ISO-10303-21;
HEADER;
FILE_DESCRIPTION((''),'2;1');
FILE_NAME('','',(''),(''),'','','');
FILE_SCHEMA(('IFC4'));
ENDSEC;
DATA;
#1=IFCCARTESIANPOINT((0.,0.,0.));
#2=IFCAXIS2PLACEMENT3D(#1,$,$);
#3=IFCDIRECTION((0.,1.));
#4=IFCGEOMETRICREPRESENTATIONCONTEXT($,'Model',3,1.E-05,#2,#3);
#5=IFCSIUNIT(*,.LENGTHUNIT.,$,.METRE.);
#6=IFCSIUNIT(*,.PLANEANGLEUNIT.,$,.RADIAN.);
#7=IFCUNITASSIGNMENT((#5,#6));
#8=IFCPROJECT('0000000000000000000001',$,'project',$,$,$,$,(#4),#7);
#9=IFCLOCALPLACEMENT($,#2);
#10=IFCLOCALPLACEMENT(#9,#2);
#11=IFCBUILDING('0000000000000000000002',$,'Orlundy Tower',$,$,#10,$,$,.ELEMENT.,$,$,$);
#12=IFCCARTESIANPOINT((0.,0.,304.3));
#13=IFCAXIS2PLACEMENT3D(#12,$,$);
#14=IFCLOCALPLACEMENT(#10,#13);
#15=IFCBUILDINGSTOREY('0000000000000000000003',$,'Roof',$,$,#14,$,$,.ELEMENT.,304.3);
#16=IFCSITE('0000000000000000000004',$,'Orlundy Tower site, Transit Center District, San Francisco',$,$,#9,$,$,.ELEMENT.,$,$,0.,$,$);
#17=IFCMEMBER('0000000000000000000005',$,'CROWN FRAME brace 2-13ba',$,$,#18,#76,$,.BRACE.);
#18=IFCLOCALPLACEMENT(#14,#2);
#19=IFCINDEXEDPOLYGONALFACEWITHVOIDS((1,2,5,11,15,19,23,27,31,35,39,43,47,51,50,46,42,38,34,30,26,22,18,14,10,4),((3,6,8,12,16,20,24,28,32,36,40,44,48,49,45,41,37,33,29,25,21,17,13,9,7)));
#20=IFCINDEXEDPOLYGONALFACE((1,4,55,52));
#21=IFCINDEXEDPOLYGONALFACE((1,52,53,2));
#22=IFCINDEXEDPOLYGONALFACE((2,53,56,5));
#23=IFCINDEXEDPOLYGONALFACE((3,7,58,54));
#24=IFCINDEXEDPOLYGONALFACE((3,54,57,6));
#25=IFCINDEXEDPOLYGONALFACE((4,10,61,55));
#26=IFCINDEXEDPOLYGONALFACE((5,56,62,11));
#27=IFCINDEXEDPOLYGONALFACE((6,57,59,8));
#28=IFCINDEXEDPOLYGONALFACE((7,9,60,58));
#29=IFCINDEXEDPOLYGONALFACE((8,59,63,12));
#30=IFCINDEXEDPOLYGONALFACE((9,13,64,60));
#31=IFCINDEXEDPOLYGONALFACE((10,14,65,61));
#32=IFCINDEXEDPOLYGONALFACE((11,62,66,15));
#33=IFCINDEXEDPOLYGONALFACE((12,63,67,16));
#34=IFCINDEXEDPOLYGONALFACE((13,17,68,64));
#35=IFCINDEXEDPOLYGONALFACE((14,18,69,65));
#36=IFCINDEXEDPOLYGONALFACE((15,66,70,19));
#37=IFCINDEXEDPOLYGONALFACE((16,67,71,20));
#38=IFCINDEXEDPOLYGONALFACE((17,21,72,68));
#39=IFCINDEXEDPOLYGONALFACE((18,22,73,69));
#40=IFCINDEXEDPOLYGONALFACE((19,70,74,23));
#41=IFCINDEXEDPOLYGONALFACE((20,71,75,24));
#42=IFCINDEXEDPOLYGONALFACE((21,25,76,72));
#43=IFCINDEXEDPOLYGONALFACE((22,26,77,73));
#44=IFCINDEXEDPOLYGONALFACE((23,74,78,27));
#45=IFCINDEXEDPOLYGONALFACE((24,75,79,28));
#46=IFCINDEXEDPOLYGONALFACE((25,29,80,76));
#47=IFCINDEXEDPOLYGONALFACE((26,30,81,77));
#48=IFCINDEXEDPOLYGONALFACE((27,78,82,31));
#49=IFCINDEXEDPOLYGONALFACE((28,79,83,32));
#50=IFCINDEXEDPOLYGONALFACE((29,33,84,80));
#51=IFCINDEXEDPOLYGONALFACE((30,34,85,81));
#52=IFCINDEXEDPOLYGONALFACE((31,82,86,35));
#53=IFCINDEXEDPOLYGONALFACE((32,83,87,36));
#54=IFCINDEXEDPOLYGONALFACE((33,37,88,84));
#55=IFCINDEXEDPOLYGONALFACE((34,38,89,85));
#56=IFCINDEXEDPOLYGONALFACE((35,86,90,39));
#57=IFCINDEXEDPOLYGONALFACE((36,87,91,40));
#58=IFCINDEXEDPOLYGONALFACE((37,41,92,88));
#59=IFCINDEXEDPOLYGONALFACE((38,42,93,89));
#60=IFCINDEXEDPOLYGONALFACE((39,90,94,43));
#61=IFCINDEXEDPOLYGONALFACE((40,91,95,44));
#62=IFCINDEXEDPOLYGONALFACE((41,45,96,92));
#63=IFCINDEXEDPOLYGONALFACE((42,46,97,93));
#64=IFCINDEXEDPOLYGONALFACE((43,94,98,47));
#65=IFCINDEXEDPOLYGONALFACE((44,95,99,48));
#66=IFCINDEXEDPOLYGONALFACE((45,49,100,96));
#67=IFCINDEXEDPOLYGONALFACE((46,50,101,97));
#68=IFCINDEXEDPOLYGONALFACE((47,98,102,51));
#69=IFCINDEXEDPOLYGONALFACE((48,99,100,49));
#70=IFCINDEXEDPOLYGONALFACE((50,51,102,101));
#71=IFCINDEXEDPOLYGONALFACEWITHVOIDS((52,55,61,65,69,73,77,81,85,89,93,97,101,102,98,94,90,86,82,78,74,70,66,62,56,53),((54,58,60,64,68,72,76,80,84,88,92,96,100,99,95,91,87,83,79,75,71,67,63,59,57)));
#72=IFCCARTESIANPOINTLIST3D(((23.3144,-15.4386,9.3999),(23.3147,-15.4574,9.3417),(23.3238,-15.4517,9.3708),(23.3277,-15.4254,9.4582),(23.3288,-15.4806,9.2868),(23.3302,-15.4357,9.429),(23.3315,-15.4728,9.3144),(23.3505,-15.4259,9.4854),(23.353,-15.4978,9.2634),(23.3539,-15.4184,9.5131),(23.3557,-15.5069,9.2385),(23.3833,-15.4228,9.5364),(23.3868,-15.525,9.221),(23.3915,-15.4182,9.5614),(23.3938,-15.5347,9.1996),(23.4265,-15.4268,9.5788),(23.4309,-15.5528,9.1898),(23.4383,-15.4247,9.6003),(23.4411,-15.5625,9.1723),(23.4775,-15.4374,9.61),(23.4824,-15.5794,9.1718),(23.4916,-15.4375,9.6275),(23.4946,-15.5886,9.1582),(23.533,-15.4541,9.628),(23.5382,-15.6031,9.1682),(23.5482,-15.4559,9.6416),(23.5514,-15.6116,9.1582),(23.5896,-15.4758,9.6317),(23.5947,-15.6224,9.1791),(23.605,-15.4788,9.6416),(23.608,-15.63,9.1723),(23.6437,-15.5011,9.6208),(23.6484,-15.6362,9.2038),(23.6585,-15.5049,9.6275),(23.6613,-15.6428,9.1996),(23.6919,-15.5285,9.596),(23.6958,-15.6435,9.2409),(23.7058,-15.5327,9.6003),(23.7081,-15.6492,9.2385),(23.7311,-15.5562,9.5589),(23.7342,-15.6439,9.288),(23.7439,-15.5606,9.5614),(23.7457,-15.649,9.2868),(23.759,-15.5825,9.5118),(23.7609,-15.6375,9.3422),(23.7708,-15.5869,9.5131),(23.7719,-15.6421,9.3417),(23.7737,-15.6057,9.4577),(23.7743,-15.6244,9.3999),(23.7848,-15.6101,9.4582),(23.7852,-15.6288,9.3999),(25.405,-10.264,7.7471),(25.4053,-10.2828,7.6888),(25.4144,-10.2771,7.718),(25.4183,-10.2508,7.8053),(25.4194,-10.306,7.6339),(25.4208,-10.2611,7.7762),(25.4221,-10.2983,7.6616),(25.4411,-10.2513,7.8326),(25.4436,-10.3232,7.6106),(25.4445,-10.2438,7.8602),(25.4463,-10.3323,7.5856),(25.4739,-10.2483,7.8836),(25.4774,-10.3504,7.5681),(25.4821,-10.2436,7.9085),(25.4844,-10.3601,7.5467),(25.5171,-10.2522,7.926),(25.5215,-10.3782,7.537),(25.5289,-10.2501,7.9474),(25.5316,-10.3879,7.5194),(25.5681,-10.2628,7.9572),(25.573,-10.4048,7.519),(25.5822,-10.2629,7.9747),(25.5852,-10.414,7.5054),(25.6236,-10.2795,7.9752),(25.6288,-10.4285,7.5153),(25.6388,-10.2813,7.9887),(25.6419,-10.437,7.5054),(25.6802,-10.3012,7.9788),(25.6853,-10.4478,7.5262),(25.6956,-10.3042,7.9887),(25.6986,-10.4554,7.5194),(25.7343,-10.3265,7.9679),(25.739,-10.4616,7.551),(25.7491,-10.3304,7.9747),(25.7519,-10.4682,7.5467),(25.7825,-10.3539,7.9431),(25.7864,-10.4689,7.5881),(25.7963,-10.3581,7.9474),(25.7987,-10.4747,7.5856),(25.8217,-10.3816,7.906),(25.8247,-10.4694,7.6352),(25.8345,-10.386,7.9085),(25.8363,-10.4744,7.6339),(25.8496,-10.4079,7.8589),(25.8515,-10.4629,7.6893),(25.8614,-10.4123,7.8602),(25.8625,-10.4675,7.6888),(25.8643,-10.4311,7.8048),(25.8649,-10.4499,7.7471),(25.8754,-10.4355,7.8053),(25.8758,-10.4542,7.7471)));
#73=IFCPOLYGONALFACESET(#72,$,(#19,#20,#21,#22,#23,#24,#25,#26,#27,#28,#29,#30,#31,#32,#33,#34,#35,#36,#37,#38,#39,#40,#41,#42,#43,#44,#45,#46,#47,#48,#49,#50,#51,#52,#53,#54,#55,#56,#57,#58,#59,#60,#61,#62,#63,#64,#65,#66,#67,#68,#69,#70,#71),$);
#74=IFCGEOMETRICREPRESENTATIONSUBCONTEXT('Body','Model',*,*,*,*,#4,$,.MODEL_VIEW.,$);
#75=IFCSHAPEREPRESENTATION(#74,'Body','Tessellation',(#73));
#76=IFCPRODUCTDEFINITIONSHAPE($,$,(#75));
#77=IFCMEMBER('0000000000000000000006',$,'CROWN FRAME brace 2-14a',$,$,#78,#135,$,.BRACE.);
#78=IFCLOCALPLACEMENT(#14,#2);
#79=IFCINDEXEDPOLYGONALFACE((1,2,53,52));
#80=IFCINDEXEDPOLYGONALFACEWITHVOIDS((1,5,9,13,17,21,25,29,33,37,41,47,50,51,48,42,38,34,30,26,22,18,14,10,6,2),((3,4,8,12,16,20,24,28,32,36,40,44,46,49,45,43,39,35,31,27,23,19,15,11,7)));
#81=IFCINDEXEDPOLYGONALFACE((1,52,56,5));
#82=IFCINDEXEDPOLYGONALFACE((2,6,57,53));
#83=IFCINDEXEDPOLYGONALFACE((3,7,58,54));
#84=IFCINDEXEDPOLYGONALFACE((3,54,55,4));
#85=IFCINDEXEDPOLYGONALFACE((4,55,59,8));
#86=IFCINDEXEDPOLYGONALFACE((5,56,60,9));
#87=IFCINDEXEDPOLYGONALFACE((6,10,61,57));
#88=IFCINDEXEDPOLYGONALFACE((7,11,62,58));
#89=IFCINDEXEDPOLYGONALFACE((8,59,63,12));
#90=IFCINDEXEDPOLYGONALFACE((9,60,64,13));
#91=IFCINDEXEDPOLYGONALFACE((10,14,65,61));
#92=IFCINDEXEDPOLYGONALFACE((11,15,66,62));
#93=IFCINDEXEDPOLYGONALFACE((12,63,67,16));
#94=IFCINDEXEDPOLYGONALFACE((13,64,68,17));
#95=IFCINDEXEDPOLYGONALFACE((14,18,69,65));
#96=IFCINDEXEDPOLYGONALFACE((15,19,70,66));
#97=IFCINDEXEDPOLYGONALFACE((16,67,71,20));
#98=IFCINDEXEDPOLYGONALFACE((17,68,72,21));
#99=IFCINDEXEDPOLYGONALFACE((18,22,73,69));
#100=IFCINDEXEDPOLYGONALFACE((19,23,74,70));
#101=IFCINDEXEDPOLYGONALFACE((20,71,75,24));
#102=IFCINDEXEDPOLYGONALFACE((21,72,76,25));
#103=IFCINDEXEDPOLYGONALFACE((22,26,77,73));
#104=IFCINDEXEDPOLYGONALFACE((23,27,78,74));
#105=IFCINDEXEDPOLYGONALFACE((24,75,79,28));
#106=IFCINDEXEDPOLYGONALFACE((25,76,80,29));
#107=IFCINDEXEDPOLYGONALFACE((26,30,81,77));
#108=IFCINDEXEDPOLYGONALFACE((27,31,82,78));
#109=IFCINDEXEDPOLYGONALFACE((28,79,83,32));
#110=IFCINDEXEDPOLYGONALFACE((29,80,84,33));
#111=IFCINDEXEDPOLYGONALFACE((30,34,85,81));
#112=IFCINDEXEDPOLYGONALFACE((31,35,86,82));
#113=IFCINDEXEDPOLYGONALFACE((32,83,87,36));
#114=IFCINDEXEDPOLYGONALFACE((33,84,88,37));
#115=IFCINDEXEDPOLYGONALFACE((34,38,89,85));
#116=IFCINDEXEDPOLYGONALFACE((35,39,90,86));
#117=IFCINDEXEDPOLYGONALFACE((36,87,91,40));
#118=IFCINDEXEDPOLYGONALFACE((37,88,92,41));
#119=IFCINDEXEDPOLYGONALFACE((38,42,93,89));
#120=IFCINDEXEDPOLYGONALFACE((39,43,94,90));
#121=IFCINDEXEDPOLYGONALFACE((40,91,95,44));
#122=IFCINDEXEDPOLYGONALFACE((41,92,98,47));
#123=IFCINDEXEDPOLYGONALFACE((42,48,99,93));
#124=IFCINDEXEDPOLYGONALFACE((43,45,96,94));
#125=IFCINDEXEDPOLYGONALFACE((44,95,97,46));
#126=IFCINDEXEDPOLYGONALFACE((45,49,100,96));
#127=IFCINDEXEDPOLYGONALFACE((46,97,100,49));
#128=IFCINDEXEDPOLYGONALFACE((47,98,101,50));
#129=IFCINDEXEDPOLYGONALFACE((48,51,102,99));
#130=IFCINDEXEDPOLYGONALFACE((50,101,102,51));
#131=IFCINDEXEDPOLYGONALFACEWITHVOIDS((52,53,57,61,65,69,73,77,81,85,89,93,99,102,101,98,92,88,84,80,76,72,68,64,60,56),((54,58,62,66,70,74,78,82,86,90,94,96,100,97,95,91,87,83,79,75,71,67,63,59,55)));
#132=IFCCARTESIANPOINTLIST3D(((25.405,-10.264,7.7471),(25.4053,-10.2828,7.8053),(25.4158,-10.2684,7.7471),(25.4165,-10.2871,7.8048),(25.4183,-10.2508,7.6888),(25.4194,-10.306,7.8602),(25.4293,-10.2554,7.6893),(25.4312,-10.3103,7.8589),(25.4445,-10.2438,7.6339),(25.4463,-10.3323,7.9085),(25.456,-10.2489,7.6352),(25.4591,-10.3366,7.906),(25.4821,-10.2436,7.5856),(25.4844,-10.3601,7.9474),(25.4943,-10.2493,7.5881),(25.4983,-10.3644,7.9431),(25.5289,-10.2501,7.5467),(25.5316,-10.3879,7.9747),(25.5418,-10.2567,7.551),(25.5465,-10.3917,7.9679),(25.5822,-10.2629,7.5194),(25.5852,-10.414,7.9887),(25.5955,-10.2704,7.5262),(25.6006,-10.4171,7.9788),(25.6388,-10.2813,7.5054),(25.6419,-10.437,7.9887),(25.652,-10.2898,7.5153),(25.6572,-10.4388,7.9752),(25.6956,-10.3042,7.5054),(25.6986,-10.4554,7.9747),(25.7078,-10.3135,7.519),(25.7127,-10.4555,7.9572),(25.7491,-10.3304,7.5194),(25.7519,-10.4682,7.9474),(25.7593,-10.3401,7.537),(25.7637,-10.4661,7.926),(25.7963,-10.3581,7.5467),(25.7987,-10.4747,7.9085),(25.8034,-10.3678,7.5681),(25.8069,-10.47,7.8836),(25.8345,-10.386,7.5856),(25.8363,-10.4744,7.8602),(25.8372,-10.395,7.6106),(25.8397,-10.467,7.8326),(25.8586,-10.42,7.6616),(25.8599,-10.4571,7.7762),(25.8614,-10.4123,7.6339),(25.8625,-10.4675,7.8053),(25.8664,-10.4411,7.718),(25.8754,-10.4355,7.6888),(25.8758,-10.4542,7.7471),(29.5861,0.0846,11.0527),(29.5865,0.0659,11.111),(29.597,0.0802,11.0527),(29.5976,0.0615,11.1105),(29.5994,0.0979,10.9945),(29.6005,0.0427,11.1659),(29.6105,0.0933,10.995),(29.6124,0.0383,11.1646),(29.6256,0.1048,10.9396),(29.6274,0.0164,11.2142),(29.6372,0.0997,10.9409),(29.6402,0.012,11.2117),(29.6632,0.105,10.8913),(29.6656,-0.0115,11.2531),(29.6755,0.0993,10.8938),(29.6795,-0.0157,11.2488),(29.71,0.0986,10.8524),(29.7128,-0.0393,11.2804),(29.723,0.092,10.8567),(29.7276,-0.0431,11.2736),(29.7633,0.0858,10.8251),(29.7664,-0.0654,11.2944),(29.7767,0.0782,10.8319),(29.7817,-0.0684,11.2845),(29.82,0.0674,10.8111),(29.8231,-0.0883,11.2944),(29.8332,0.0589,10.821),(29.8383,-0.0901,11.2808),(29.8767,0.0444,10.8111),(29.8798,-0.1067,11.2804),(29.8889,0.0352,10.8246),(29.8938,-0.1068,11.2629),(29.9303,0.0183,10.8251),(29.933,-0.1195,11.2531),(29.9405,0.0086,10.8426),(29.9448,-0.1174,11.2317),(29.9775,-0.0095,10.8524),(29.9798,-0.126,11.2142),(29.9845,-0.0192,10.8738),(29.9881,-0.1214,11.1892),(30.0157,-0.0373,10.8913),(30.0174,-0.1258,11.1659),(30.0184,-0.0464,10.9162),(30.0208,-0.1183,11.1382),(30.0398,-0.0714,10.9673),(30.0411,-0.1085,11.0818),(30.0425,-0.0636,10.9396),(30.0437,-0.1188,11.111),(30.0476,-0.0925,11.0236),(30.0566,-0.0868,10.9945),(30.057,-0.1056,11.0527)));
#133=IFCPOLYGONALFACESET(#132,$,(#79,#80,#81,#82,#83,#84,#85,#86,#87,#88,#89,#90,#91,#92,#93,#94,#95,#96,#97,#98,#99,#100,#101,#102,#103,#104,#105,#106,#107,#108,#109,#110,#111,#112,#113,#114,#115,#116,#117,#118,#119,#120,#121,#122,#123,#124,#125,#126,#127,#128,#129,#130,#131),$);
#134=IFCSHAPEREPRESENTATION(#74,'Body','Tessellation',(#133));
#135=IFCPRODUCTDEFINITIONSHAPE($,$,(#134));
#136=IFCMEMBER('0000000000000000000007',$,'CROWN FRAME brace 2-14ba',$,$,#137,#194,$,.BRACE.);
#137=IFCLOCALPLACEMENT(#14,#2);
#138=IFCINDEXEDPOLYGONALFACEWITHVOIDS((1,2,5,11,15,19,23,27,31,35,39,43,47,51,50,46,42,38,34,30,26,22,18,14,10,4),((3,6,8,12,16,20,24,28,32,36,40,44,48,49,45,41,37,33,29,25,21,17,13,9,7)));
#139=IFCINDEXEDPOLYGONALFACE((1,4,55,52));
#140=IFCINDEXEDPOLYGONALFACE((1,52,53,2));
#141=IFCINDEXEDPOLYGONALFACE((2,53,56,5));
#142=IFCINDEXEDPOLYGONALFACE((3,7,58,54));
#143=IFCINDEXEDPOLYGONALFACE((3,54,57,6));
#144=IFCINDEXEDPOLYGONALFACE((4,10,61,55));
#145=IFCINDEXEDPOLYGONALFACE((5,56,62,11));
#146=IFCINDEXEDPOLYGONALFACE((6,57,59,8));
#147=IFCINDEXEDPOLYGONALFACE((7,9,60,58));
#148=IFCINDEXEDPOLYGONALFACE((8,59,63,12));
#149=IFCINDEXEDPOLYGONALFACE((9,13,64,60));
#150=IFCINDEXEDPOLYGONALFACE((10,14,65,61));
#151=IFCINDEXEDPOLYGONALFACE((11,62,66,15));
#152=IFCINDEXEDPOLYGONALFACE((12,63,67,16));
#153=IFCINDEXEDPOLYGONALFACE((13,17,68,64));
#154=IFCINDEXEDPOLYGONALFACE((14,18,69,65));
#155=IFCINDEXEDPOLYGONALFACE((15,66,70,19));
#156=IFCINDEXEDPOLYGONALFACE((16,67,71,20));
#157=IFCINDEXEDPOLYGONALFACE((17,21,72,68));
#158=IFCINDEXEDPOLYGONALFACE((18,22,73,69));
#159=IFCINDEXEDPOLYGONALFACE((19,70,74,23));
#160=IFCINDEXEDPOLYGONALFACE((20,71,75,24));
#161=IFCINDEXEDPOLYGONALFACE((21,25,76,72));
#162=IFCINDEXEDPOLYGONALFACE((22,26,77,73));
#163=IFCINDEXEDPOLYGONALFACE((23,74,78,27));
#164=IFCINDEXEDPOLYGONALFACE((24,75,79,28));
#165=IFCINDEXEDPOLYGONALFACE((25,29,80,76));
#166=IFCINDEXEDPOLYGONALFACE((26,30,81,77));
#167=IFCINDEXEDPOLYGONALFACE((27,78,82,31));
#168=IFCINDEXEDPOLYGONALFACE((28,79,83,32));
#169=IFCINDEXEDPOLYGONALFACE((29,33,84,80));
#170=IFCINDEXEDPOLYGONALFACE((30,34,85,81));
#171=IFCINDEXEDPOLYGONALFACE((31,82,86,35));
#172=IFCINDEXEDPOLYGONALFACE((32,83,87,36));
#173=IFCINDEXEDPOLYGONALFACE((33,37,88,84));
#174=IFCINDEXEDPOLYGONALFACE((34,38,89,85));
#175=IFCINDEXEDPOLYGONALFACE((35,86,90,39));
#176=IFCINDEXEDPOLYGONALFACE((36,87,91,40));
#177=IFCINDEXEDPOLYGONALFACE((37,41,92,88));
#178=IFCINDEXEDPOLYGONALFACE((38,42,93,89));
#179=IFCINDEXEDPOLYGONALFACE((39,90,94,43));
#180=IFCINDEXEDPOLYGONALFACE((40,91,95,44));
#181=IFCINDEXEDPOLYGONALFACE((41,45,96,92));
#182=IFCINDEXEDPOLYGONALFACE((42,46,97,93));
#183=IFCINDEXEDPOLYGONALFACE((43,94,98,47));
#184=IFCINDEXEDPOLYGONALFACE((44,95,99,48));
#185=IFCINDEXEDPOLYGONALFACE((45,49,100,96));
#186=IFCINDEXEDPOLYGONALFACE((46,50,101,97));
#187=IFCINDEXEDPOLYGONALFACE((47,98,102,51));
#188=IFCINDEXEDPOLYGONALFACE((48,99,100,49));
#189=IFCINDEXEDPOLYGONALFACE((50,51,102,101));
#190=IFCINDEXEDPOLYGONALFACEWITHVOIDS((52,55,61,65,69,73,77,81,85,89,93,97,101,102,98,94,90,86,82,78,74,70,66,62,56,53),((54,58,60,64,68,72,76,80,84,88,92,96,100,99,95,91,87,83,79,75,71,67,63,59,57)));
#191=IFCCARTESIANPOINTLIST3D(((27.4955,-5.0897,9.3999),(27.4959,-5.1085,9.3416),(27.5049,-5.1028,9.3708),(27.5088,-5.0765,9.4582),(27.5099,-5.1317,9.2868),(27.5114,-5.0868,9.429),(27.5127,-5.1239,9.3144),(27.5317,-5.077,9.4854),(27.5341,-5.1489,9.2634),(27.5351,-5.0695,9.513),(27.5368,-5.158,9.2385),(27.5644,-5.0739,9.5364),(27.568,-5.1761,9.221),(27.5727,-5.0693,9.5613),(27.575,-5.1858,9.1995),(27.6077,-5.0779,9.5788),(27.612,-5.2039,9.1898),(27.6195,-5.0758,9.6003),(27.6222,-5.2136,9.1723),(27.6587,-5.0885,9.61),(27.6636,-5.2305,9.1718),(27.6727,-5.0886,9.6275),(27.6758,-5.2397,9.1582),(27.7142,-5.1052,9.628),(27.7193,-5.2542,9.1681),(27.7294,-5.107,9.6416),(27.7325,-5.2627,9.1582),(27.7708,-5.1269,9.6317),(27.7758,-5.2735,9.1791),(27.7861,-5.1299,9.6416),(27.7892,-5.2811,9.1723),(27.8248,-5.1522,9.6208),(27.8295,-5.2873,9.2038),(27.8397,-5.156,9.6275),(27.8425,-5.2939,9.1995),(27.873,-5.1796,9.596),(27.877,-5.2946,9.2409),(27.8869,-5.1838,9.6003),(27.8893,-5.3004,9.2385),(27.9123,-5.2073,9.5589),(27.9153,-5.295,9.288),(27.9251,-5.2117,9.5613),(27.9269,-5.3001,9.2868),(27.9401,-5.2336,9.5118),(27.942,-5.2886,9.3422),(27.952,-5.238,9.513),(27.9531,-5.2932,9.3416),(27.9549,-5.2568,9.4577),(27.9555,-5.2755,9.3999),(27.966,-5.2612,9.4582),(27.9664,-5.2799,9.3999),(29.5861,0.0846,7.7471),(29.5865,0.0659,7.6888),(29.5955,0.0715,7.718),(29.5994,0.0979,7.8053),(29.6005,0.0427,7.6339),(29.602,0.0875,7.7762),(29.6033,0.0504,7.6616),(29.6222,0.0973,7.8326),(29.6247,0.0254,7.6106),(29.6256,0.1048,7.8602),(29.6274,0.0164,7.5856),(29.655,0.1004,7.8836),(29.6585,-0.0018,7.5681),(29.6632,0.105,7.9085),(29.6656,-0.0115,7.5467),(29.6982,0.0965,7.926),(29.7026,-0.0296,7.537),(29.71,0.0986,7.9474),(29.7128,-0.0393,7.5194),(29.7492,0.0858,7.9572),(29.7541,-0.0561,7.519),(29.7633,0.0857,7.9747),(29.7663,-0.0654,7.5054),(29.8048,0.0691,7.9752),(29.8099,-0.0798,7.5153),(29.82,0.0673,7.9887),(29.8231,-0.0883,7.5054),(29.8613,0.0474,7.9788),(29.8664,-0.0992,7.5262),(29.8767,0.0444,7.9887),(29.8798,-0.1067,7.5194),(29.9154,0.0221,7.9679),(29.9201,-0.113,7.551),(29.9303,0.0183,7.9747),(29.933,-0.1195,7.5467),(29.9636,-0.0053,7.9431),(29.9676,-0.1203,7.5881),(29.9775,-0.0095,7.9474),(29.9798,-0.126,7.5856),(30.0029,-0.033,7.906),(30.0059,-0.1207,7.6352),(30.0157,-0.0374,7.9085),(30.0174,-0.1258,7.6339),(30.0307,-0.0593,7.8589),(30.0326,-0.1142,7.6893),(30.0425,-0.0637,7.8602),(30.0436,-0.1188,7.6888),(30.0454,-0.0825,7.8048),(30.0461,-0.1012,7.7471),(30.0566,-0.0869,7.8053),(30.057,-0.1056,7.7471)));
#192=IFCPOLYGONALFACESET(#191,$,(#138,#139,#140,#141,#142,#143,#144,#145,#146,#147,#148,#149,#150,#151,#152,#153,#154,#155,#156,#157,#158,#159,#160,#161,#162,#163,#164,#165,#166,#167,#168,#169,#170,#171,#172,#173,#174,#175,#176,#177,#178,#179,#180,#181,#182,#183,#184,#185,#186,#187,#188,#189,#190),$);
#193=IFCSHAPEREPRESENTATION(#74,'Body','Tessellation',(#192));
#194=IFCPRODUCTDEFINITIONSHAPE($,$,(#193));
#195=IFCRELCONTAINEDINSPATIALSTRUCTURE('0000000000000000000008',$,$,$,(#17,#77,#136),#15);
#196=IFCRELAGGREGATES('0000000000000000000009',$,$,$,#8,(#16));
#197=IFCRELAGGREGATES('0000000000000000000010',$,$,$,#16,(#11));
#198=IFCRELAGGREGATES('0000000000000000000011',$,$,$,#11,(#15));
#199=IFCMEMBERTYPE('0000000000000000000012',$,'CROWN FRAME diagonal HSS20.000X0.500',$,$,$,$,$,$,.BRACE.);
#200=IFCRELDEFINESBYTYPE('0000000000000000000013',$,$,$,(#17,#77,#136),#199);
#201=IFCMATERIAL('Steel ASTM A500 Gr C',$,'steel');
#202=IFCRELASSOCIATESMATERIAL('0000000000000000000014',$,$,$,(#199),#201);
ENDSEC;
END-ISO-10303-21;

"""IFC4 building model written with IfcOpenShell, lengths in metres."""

from ifc_helpers import new_model, si_unit, direction, frame, origin, origin_2d, place, context, subcontext, project, spatial, hollow_circle, extrude, material, material_profile, profile_set, type_object, element, save


model = new_model("IFC4")

# Units and contexts
model_context = context("Model", 3, precision=1e-05, world=origin(), true_north=direction((0.0, 1.0)))
body_context = subcontext(model_context, "Body", "Model", "MODEL_VIEW")
ifc_project = project(units=[si_unit("LENGTHUNIT", "METRE"), si_unit("PLANEANGLEUNIT", "RADIAN")], contexts=[model_context])

# Site, building, storey
site_placement = place(None, origin())
site = spatial("IfcSite", under=ifc_project, at=site_placement, Name="Orlundy Tower site, Transit Center District, San Francisco", CompositionType="ELEMENT", RefElevation=0.0)
building_placement = place(site_placement, origin())
building = spatial("IfcBuilding", under=site, at=building_placement, Name="Orlundy Tower", CompositionType="ELEMENT")
storey_placement = place(building_placement, frame((0.0, 0.0, 304.3)))
storey = spatial("IfcBuildingStorey", under=building, at=storey_placement, Name="Roof", CompositionType="ELEMENT", Elevation=304.3)

# Members
ifc_material_1 = material(Name="Steel ASTM A500 Gr C", Category="steel")
ifc_material_profile_1 = material_profile(ifc_material_1, hollow_circle(Radius=0.2539, WallThickness=0.0117, at=origin_2d()), Name="HSS20.000X0.500")
ifc_profile_set_1 = profile_set([ifc_material_profile_1], Name="Steel ASTM A500 Gr C")
member_type_1 = type_object("IfcMemberType", Name="CROWN FRAME diagonal HSS20.000X0.500", PredefinedType="BRACE", material=ifc_profile_set_1)
member_1_placement = place(storey_placement, frame((25.6404, -10.3591, 7.7471), z_axis=(-0.359174, -0.88902, 0.283966), x_axis=(0.927189, -0.374594, 0.0)))
element("IfcMember", 1, at=member_1_placement, inside=storey, type_object=member_type_1, Name="CROWN FRAME brace 2-13ba", PredefinedType="BRACE", context=body_context, shape_type="SweptSolid", body=[
    extrude(hollow_circle(Radius=0.2539, WallThickness=0.0117, at=origin_2d()), origin(), (0.0, 0.0, 1.0), 5.8206),
])
member_2_placement = place(storey_placement, frame((25.6404, -10.3591, 7.7471), z_axis=(0.359187, 0.889012, 0.283977), x_axis=(-0.927183, 0.374609, 0.0)))
element("IfcMember", 2, at=member_2_placement, inside=storey, type_object=member_type_1, Name="CROWN FRAME brace 2-14a", PredefinedType="BRACE", context=body_context, shape_type="SweptSolid", body=[
    extrude(hollow_circle(Radius=0.2539, WallThickness=0.0117, at=origin_2d()), origin(), (0.0, 0.0, 1.0), 11.6406),
])
for number, where, z_axis, x_axis, name in (
    (3, (29.8215, -0.0105, 7.7471), (-0.359187, -0.889012, 0.283977), (0.927183, -0.374609, 0.0), "CROWN FRAME brace 2-14ba"),
):
    element("IfcMember", number, at=place(storey_placement, frame(where, z_axis=z_axis, x_axis=x_axis)), inside=storey, type_object=member_type_1, Name=name, PredefinedType="BRACE", context=body_context, shape_type="SweptSolid", body=[
        extrude(hollow_circle(Radius=0.2539, WallThickness=0.0117, at=origin_2d()), origin(), (0.0, 0.0, 1.0), 5.8203),
    ])

save(model, "model.ifc")
